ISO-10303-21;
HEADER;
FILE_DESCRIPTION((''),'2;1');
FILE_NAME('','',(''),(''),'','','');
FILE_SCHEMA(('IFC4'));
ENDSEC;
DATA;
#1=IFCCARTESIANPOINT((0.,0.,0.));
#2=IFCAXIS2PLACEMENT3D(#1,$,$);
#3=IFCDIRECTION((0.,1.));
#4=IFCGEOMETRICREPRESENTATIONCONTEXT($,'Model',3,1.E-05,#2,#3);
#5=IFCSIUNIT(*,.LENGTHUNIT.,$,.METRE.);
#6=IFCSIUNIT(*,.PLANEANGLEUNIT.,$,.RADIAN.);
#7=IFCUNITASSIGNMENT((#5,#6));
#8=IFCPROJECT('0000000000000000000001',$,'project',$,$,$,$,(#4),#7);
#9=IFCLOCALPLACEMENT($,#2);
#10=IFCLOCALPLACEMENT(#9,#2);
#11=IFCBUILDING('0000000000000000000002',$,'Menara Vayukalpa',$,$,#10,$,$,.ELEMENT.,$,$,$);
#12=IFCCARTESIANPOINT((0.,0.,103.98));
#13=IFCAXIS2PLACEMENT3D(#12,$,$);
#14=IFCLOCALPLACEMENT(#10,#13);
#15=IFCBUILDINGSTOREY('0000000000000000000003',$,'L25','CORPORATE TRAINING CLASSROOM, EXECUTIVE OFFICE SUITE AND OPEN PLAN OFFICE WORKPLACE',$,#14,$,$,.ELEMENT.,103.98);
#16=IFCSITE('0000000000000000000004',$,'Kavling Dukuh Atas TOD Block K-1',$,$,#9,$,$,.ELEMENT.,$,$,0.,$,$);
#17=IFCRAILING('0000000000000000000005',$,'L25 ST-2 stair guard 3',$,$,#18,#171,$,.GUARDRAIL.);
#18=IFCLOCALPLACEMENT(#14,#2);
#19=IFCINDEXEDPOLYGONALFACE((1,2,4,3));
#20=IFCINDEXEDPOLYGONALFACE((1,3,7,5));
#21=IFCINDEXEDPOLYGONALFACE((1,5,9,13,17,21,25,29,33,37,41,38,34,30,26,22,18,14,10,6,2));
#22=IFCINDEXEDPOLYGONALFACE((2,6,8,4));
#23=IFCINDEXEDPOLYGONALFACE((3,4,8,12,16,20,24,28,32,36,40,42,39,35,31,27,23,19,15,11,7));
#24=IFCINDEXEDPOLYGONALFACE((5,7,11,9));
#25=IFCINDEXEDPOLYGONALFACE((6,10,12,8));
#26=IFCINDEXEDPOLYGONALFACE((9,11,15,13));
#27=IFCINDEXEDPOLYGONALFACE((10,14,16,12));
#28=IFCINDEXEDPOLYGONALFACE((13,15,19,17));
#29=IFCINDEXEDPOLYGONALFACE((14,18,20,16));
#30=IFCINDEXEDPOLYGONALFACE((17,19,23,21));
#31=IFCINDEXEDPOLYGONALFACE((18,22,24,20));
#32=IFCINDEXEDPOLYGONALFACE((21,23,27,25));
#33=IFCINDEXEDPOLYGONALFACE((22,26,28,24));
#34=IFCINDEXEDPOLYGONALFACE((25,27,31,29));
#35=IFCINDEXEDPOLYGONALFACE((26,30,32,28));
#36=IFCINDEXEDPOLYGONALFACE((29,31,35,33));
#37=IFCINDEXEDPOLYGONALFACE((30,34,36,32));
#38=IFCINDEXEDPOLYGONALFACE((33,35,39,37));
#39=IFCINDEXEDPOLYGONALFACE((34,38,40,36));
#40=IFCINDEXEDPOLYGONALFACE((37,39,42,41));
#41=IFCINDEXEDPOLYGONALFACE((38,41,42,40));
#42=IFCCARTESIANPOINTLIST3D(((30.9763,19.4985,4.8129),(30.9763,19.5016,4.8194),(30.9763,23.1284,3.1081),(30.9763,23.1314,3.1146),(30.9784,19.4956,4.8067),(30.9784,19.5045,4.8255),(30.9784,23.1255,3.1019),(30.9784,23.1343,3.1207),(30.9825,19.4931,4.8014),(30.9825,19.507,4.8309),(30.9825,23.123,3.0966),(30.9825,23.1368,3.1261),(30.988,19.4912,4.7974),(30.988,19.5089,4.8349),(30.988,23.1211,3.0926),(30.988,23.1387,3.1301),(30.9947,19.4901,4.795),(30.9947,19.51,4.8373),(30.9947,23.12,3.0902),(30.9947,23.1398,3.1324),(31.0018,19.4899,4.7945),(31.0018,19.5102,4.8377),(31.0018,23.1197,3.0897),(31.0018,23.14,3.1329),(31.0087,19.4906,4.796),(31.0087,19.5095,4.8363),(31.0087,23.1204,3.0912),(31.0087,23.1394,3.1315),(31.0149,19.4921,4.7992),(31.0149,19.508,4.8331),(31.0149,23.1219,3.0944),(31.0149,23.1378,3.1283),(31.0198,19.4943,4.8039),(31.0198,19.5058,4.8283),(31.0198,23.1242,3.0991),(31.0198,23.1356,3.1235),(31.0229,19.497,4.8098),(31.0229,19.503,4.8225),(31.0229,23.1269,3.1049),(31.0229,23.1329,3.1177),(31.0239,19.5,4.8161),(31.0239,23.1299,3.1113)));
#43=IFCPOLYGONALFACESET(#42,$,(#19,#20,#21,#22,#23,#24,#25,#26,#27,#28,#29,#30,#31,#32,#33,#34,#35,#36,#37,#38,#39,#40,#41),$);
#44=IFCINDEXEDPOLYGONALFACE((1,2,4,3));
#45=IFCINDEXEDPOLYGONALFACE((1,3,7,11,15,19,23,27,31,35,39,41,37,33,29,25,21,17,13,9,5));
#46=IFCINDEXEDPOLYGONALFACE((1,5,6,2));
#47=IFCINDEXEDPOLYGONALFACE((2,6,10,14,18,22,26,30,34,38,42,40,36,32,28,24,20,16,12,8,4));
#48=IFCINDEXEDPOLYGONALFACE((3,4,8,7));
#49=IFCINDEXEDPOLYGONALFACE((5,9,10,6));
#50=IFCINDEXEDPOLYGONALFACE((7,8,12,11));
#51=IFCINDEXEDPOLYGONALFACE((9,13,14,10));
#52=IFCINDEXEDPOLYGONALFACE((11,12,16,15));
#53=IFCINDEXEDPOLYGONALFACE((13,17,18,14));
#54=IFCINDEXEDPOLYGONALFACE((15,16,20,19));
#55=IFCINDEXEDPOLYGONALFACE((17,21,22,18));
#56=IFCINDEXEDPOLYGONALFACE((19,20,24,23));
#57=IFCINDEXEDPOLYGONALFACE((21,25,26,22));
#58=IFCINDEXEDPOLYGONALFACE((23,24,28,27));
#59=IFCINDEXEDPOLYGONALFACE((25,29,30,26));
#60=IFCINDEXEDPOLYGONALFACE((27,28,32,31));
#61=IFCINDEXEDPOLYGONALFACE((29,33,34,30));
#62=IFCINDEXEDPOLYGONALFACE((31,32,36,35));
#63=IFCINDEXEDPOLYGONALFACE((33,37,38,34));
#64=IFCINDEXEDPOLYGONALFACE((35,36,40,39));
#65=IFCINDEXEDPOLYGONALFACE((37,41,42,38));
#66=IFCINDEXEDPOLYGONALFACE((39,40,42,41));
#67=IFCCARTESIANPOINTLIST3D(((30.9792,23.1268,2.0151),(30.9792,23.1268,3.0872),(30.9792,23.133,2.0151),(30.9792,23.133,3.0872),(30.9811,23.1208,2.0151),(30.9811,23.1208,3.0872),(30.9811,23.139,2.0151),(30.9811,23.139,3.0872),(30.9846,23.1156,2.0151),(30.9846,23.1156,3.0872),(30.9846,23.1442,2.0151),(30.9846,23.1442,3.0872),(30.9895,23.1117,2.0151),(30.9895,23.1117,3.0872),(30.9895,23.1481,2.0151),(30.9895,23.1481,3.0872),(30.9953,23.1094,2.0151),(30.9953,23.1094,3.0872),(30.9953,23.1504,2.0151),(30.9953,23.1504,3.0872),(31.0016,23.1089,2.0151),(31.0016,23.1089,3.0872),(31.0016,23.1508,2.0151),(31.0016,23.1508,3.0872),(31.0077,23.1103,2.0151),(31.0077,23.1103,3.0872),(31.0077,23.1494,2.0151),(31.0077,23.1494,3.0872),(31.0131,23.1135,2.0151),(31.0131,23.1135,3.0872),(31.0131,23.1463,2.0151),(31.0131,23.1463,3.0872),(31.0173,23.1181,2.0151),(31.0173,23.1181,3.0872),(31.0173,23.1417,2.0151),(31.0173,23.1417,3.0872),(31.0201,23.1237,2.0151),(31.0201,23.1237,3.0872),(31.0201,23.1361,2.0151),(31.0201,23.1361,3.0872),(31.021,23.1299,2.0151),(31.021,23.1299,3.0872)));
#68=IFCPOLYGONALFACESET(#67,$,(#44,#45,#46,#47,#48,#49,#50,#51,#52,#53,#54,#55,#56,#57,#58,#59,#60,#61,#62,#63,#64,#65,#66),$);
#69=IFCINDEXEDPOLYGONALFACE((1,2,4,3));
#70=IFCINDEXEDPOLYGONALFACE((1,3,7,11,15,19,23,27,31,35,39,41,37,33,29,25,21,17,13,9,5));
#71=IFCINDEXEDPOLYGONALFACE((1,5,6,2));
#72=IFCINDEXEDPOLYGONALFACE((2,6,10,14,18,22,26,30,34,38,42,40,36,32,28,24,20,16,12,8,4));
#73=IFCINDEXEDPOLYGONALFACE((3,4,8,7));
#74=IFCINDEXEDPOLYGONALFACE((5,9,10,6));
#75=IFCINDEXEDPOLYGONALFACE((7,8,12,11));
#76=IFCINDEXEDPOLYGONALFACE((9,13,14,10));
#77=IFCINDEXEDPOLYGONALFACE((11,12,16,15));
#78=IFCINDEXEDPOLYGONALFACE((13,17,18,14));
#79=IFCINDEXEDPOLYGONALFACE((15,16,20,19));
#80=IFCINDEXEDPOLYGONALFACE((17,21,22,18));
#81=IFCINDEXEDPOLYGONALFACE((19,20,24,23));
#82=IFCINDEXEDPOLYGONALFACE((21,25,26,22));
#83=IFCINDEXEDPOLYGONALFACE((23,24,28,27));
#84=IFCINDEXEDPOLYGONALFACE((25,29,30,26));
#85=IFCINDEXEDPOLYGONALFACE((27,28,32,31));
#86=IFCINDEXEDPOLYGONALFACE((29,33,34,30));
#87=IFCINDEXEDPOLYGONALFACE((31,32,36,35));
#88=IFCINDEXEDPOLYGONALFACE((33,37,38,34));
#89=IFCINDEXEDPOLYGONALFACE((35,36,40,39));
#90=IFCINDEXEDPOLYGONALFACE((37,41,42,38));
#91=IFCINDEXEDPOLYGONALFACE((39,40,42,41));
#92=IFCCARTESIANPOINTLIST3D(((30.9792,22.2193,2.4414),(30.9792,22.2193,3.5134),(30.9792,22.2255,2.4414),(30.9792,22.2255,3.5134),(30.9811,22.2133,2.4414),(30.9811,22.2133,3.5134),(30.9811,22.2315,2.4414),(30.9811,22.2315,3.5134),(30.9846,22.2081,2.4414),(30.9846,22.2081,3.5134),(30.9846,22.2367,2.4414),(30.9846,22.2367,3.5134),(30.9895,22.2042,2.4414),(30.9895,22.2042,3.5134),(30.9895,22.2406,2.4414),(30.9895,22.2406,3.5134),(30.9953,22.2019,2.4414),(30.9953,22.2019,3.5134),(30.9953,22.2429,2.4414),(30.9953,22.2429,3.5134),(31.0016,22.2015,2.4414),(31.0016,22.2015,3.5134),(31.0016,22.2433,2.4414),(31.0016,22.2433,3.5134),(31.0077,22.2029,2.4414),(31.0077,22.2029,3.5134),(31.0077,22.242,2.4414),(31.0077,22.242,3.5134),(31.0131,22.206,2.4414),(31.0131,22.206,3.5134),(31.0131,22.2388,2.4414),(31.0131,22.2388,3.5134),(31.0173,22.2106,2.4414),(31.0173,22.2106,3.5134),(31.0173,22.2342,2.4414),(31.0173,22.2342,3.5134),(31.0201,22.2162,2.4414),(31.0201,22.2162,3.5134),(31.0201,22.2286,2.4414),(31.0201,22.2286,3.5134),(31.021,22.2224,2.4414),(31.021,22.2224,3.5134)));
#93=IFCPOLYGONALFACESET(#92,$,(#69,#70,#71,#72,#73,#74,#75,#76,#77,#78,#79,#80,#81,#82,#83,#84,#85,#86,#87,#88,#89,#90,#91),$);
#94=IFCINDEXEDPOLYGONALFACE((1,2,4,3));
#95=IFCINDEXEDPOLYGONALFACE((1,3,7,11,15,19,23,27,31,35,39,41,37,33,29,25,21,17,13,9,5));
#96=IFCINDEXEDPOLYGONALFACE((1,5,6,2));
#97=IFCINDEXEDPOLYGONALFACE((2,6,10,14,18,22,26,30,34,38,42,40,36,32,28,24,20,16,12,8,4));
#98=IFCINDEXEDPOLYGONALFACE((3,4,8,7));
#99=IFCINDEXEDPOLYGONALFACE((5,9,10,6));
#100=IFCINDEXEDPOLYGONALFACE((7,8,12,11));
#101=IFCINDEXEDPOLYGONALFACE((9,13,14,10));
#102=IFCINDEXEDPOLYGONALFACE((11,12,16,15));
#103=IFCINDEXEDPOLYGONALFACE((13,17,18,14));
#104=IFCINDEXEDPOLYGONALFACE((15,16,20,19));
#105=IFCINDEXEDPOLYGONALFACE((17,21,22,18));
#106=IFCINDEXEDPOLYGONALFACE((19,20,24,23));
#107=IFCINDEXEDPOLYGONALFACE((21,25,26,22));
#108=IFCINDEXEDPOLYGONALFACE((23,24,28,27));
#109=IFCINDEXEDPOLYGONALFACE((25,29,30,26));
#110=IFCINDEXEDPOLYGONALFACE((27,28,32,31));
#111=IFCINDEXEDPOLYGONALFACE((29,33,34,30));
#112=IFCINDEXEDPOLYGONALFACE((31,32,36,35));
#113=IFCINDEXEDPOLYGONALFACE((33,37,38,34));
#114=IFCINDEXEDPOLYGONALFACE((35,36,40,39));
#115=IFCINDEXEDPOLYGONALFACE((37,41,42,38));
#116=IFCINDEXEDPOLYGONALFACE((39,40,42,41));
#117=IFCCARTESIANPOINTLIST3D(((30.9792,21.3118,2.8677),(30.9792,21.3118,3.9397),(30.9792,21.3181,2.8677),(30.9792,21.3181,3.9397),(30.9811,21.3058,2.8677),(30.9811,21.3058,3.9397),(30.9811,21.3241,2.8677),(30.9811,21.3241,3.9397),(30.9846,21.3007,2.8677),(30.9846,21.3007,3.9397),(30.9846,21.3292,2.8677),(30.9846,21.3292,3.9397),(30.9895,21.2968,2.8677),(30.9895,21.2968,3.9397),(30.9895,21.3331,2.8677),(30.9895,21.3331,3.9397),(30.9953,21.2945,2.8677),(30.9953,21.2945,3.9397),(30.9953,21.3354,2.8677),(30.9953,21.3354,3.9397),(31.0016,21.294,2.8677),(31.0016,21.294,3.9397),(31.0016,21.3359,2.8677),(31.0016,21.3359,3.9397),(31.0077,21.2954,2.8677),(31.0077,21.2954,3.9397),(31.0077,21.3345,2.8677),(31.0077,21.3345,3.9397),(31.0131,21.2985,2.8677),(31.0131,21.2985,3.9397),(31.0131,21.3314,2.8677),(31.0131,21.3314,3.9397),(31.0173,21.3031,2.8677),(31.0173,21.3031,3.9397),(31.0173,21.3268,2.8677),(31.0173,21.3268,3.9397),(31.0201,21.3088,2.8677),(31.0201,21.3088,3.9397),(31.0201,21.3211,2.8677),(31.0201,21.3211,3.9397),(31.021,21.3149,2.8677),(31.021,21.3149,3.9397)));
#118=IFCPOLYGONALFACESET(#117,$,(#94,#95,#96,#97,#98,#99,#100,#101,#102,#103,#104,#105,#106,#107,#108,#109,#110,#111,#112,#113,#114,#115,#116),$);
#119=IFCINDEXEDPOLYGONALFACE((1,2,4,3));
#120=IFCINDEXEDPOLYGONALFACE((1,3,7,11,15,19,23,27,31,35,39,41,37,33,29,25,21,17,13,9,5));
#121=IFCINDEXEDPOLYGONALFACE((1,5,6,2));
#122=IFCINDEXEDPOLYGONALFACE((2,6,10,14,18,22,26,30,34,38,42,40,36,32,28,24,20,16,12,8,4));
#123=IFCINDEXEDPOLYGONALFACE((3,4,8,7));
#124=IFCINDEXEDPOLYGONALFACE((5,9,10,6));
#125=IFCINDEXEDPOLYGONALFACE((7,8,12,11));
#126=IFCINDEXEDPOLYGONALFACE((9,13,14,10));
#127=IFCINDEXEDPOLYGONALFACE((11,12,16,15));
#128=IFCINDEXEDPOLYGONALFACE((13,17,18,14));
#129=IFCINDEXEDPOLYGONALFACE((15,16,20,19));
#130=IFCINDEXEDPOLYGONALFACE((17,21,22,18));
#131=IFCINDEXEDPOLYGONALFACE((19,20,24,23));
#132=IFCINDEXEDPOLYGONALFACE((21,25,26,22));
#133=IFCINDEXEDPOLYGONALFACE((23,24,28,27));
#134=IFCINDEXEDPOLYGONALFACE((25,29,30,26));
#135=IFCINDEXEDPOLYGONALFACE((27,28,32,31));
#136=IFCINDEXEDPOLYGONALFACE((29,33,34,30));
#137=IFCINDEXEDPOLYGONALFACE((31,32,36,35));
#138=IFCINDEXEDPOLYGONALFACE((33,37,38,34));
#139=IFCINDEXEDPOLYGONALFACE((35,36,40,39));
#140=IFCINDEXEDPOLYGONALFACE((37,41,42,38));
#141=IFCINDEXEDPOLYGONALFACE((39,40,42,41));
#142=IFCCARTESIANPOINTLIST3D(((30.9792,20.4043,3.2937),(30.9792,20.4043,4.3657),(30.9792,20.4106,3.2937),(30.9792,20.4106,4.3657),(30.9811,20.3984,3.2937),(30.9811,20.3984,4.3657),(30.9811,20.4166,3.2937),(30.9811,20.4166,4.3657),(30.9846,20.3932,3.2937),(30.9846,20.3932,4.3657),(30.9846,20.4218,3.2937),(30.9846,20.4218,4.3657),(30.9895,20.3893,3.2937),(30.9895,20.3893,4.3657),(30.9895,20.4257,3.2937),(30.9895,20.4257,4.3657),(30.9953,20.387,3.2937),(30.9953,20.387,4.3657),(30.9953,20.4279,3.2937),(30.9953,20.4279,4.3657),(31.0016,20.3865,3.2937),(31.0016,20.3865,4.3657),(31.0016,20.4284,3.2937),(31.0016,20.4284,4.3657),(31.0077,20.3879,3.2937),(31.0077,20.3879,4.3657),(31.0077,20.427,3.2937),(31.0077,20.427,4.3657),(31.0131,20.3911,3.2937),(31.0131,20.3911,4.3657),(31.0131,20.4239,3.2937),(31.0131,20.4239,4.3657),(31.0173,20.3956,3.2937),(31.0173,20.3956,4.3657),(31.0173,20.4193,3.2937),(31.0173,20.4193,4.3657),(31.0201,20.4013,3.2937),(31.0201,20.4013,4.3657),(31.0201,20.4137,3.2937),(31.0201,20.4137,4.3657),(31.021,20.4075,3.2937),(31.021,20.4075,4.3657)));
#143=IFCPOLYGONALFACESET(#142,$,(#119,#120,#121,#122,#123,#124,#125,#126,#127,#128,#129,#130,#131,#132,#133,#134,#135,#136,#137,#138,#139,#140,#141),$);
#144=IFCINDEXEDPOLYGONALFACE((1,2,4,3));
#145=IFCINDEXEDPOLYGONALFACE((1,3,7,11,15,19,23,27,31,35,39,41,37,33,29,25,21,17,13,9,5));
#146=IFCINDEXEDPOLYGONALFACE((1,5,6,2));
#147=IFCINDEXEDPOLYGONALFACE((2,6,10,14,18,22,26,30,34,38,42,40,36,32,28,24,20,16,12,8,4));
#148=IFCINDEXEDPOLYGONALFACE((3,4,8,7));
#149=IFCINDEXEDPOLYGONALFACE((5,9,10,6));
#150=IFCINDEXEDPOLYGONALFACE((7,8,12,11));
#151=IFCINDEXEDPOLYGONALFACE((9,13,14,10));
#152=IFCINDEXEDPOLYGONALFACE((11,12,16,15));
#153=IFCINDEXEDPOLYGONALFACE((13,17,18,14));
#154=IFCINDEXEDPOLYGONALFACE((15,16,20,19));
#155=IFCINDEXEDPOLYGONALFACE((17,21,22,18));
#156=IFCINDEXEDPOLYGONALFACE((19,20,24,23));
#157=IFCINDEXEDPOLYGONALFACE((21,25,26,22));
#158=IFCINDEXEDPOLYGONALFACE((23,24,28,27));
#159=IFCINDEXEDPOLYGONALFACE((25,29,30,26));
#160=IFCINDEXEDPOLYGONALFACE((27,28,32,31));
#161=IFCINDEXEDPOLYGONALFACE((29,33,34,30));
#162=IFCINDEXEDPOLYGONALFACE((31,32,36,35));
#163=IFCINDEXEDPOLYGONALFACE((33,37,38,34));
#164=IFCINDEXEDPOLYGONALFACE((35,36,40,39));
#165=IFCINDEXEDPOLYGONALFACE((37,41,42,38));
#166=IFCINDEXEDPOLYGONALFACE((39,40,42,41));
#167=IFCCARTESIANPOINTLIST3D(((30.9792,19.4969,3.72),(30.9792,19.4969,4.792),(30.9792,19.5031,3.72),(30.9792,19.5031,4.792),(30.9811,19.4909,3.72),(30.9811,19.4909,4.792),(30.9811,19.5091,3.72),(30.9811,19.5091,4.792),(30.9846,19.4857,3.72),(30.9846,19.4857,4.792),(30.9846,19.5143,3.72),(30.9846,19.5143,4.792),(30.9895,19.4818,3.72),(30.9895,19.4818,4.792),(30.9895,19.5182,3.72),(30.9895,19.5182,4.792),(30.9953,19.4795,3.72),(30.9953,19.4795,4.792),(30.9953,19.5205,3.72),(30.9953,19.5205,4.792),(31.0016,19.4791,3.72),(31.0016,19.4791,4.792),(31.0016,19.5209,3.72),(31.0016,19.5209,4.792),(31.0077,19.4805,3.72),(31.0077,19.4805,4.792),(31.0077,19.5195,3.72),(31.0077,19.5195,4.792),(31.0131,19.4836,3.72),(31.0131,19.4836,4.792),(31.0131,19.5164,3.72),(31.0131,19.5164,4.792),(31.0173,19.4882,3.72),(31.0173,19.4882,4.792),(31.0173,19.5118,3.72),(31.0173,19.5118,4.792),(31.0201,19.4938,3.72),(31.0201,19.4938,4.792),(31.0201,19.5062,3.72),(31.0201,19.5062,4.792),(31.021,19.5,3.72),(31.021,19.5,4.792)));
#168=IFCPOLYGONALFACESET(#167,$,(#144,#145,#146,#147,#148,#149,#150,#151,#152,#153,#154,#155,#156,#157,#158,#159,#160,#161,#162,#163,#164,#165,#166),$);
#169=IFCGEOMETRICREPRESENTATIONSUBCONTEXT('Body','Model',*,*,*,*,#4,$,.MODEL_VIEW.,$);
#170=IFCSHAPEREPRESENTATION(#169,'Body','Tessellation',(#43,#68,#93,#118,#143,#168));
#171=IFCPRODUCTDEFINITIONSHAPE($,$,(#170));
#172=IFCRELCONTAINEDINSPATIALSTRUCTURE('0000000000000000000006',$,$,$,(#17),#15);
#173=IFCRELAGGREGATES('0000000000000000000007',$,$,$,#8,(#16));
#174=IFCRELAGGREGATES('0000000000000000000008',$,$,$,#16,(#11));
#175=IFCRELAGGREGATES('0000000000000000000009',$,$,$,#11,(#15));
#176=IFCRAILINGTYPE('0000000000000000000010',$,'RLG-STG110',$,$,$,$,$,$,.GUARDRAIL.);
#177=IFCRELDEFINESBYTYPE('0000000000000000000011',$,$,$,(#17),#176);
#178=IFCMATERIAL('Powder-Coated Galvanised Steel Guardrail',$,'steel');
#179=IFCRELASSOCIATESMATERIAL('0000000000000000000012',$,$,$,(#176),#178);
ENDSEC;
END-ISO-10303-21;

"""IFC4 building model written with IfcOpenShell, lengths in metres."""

from ifc_helpers import new_model, si_unit, direction, frame, origin, origin_2d, place, context, subcontext, project, spatial, circle, extrude, material, type_object, element, save


model = new_model("IFC4")

# Units and contexts
model_context = context("Model", 3, precision=1e-05, world=origin(), true_north=direction((0.0, 1.0)))
body_context = subcontext(model_context, "Body", "Model", "MODEL_VIEW")
ifc_project = project(units=[si_unit("LENGTHUNIT", "METRE"), si_unit("PLANEANGLEUNIT", "RADIAN")], contexts=[model_context])

# Site, building, storey
site_placement = place(None, origin())
site = spatial("IfcSite", under=ifc_project, at=site_placement, Name="Kavling Dukuh Atas TOD Block K-1", CompositionType="ELEMENT", RefElevation=0.0)
building_placement = place(site_placement, origin())
building = spatial("IfcBuilding", under=site, at=building_placement, Name="Menara Vayukalpa", CompositionType="ELEMENT")
storey_placement = place(building_placement, frame((0.0, 0.0, 103.98)))
storey = spatial("IfcBuildingStorey", under=building, at=storey_placement, Name="L25", Description="CORPORATE TRAINING CLASSROOM, EXECUTIVE OFFICE SUITE AND OPEN PLAN OFFICE WORKPLACE", CompositionType="ELEMENT", Elevation=103.98)

# Railing
ifc_material_1 = material(Name="Powder-Coated Galvanised Steel Guardrail", Category="steel")
railing_type_1 = type_object("IfcRailingType", Name="RLG-STG110", PredefinedType="GUARDRAIL", material=ifc_material_1)
railing_1_placement = place(storey_placement, frame((31.0, 23.1299, 2.0151)))
element("IfcRailing", 1, at=railing_1_placement, inside=storey, type_object=railing_type_1, Name="L25 ST-2 stair guard 3", PredefinedType="GUARDRAIL", context=body_context, shape_type="SweptSolid", body=[
    extrude(circle(Radius=0.0239, at=origin_2d()), frame((0.0, 0.0, 1.0962), z_axis=(0.0, -0.90514, 0.425114), x_axis=(1.0, 0.0, 0.0)), (0.0, 0.0, 1.0), 4.0103),
    extrude(circle(Radius=0.021, at=origin_2d()), origin(), (0.0, 0.0, 1.0), 1.072),
    extrude(circle(Radius=0.021, at=origin_2d()), frame((0.0, -0.9075, 0.4263)), (0.0, 0.0, 1.0), 1.072),
    extrude(circle(Radius=0.021, at=origin_2d()), frame((0.0, -1.8149, 0.8525)), (0.0, 0.0, 1.0), 1.072),
    extrude(circle(Radius=0.021, at=origin_2d()), frame((0.0, -2.7224, 1.2786)), (0.0, 0.0, 1.0), 1.072),
    extrude(circle(Radius=0.021, at=origin_2d()), frame((0.0, -3.6299, 1.7048)), (0.0, 0.0, 1.0), 1.072),
])

save(model, "model.ifc")
